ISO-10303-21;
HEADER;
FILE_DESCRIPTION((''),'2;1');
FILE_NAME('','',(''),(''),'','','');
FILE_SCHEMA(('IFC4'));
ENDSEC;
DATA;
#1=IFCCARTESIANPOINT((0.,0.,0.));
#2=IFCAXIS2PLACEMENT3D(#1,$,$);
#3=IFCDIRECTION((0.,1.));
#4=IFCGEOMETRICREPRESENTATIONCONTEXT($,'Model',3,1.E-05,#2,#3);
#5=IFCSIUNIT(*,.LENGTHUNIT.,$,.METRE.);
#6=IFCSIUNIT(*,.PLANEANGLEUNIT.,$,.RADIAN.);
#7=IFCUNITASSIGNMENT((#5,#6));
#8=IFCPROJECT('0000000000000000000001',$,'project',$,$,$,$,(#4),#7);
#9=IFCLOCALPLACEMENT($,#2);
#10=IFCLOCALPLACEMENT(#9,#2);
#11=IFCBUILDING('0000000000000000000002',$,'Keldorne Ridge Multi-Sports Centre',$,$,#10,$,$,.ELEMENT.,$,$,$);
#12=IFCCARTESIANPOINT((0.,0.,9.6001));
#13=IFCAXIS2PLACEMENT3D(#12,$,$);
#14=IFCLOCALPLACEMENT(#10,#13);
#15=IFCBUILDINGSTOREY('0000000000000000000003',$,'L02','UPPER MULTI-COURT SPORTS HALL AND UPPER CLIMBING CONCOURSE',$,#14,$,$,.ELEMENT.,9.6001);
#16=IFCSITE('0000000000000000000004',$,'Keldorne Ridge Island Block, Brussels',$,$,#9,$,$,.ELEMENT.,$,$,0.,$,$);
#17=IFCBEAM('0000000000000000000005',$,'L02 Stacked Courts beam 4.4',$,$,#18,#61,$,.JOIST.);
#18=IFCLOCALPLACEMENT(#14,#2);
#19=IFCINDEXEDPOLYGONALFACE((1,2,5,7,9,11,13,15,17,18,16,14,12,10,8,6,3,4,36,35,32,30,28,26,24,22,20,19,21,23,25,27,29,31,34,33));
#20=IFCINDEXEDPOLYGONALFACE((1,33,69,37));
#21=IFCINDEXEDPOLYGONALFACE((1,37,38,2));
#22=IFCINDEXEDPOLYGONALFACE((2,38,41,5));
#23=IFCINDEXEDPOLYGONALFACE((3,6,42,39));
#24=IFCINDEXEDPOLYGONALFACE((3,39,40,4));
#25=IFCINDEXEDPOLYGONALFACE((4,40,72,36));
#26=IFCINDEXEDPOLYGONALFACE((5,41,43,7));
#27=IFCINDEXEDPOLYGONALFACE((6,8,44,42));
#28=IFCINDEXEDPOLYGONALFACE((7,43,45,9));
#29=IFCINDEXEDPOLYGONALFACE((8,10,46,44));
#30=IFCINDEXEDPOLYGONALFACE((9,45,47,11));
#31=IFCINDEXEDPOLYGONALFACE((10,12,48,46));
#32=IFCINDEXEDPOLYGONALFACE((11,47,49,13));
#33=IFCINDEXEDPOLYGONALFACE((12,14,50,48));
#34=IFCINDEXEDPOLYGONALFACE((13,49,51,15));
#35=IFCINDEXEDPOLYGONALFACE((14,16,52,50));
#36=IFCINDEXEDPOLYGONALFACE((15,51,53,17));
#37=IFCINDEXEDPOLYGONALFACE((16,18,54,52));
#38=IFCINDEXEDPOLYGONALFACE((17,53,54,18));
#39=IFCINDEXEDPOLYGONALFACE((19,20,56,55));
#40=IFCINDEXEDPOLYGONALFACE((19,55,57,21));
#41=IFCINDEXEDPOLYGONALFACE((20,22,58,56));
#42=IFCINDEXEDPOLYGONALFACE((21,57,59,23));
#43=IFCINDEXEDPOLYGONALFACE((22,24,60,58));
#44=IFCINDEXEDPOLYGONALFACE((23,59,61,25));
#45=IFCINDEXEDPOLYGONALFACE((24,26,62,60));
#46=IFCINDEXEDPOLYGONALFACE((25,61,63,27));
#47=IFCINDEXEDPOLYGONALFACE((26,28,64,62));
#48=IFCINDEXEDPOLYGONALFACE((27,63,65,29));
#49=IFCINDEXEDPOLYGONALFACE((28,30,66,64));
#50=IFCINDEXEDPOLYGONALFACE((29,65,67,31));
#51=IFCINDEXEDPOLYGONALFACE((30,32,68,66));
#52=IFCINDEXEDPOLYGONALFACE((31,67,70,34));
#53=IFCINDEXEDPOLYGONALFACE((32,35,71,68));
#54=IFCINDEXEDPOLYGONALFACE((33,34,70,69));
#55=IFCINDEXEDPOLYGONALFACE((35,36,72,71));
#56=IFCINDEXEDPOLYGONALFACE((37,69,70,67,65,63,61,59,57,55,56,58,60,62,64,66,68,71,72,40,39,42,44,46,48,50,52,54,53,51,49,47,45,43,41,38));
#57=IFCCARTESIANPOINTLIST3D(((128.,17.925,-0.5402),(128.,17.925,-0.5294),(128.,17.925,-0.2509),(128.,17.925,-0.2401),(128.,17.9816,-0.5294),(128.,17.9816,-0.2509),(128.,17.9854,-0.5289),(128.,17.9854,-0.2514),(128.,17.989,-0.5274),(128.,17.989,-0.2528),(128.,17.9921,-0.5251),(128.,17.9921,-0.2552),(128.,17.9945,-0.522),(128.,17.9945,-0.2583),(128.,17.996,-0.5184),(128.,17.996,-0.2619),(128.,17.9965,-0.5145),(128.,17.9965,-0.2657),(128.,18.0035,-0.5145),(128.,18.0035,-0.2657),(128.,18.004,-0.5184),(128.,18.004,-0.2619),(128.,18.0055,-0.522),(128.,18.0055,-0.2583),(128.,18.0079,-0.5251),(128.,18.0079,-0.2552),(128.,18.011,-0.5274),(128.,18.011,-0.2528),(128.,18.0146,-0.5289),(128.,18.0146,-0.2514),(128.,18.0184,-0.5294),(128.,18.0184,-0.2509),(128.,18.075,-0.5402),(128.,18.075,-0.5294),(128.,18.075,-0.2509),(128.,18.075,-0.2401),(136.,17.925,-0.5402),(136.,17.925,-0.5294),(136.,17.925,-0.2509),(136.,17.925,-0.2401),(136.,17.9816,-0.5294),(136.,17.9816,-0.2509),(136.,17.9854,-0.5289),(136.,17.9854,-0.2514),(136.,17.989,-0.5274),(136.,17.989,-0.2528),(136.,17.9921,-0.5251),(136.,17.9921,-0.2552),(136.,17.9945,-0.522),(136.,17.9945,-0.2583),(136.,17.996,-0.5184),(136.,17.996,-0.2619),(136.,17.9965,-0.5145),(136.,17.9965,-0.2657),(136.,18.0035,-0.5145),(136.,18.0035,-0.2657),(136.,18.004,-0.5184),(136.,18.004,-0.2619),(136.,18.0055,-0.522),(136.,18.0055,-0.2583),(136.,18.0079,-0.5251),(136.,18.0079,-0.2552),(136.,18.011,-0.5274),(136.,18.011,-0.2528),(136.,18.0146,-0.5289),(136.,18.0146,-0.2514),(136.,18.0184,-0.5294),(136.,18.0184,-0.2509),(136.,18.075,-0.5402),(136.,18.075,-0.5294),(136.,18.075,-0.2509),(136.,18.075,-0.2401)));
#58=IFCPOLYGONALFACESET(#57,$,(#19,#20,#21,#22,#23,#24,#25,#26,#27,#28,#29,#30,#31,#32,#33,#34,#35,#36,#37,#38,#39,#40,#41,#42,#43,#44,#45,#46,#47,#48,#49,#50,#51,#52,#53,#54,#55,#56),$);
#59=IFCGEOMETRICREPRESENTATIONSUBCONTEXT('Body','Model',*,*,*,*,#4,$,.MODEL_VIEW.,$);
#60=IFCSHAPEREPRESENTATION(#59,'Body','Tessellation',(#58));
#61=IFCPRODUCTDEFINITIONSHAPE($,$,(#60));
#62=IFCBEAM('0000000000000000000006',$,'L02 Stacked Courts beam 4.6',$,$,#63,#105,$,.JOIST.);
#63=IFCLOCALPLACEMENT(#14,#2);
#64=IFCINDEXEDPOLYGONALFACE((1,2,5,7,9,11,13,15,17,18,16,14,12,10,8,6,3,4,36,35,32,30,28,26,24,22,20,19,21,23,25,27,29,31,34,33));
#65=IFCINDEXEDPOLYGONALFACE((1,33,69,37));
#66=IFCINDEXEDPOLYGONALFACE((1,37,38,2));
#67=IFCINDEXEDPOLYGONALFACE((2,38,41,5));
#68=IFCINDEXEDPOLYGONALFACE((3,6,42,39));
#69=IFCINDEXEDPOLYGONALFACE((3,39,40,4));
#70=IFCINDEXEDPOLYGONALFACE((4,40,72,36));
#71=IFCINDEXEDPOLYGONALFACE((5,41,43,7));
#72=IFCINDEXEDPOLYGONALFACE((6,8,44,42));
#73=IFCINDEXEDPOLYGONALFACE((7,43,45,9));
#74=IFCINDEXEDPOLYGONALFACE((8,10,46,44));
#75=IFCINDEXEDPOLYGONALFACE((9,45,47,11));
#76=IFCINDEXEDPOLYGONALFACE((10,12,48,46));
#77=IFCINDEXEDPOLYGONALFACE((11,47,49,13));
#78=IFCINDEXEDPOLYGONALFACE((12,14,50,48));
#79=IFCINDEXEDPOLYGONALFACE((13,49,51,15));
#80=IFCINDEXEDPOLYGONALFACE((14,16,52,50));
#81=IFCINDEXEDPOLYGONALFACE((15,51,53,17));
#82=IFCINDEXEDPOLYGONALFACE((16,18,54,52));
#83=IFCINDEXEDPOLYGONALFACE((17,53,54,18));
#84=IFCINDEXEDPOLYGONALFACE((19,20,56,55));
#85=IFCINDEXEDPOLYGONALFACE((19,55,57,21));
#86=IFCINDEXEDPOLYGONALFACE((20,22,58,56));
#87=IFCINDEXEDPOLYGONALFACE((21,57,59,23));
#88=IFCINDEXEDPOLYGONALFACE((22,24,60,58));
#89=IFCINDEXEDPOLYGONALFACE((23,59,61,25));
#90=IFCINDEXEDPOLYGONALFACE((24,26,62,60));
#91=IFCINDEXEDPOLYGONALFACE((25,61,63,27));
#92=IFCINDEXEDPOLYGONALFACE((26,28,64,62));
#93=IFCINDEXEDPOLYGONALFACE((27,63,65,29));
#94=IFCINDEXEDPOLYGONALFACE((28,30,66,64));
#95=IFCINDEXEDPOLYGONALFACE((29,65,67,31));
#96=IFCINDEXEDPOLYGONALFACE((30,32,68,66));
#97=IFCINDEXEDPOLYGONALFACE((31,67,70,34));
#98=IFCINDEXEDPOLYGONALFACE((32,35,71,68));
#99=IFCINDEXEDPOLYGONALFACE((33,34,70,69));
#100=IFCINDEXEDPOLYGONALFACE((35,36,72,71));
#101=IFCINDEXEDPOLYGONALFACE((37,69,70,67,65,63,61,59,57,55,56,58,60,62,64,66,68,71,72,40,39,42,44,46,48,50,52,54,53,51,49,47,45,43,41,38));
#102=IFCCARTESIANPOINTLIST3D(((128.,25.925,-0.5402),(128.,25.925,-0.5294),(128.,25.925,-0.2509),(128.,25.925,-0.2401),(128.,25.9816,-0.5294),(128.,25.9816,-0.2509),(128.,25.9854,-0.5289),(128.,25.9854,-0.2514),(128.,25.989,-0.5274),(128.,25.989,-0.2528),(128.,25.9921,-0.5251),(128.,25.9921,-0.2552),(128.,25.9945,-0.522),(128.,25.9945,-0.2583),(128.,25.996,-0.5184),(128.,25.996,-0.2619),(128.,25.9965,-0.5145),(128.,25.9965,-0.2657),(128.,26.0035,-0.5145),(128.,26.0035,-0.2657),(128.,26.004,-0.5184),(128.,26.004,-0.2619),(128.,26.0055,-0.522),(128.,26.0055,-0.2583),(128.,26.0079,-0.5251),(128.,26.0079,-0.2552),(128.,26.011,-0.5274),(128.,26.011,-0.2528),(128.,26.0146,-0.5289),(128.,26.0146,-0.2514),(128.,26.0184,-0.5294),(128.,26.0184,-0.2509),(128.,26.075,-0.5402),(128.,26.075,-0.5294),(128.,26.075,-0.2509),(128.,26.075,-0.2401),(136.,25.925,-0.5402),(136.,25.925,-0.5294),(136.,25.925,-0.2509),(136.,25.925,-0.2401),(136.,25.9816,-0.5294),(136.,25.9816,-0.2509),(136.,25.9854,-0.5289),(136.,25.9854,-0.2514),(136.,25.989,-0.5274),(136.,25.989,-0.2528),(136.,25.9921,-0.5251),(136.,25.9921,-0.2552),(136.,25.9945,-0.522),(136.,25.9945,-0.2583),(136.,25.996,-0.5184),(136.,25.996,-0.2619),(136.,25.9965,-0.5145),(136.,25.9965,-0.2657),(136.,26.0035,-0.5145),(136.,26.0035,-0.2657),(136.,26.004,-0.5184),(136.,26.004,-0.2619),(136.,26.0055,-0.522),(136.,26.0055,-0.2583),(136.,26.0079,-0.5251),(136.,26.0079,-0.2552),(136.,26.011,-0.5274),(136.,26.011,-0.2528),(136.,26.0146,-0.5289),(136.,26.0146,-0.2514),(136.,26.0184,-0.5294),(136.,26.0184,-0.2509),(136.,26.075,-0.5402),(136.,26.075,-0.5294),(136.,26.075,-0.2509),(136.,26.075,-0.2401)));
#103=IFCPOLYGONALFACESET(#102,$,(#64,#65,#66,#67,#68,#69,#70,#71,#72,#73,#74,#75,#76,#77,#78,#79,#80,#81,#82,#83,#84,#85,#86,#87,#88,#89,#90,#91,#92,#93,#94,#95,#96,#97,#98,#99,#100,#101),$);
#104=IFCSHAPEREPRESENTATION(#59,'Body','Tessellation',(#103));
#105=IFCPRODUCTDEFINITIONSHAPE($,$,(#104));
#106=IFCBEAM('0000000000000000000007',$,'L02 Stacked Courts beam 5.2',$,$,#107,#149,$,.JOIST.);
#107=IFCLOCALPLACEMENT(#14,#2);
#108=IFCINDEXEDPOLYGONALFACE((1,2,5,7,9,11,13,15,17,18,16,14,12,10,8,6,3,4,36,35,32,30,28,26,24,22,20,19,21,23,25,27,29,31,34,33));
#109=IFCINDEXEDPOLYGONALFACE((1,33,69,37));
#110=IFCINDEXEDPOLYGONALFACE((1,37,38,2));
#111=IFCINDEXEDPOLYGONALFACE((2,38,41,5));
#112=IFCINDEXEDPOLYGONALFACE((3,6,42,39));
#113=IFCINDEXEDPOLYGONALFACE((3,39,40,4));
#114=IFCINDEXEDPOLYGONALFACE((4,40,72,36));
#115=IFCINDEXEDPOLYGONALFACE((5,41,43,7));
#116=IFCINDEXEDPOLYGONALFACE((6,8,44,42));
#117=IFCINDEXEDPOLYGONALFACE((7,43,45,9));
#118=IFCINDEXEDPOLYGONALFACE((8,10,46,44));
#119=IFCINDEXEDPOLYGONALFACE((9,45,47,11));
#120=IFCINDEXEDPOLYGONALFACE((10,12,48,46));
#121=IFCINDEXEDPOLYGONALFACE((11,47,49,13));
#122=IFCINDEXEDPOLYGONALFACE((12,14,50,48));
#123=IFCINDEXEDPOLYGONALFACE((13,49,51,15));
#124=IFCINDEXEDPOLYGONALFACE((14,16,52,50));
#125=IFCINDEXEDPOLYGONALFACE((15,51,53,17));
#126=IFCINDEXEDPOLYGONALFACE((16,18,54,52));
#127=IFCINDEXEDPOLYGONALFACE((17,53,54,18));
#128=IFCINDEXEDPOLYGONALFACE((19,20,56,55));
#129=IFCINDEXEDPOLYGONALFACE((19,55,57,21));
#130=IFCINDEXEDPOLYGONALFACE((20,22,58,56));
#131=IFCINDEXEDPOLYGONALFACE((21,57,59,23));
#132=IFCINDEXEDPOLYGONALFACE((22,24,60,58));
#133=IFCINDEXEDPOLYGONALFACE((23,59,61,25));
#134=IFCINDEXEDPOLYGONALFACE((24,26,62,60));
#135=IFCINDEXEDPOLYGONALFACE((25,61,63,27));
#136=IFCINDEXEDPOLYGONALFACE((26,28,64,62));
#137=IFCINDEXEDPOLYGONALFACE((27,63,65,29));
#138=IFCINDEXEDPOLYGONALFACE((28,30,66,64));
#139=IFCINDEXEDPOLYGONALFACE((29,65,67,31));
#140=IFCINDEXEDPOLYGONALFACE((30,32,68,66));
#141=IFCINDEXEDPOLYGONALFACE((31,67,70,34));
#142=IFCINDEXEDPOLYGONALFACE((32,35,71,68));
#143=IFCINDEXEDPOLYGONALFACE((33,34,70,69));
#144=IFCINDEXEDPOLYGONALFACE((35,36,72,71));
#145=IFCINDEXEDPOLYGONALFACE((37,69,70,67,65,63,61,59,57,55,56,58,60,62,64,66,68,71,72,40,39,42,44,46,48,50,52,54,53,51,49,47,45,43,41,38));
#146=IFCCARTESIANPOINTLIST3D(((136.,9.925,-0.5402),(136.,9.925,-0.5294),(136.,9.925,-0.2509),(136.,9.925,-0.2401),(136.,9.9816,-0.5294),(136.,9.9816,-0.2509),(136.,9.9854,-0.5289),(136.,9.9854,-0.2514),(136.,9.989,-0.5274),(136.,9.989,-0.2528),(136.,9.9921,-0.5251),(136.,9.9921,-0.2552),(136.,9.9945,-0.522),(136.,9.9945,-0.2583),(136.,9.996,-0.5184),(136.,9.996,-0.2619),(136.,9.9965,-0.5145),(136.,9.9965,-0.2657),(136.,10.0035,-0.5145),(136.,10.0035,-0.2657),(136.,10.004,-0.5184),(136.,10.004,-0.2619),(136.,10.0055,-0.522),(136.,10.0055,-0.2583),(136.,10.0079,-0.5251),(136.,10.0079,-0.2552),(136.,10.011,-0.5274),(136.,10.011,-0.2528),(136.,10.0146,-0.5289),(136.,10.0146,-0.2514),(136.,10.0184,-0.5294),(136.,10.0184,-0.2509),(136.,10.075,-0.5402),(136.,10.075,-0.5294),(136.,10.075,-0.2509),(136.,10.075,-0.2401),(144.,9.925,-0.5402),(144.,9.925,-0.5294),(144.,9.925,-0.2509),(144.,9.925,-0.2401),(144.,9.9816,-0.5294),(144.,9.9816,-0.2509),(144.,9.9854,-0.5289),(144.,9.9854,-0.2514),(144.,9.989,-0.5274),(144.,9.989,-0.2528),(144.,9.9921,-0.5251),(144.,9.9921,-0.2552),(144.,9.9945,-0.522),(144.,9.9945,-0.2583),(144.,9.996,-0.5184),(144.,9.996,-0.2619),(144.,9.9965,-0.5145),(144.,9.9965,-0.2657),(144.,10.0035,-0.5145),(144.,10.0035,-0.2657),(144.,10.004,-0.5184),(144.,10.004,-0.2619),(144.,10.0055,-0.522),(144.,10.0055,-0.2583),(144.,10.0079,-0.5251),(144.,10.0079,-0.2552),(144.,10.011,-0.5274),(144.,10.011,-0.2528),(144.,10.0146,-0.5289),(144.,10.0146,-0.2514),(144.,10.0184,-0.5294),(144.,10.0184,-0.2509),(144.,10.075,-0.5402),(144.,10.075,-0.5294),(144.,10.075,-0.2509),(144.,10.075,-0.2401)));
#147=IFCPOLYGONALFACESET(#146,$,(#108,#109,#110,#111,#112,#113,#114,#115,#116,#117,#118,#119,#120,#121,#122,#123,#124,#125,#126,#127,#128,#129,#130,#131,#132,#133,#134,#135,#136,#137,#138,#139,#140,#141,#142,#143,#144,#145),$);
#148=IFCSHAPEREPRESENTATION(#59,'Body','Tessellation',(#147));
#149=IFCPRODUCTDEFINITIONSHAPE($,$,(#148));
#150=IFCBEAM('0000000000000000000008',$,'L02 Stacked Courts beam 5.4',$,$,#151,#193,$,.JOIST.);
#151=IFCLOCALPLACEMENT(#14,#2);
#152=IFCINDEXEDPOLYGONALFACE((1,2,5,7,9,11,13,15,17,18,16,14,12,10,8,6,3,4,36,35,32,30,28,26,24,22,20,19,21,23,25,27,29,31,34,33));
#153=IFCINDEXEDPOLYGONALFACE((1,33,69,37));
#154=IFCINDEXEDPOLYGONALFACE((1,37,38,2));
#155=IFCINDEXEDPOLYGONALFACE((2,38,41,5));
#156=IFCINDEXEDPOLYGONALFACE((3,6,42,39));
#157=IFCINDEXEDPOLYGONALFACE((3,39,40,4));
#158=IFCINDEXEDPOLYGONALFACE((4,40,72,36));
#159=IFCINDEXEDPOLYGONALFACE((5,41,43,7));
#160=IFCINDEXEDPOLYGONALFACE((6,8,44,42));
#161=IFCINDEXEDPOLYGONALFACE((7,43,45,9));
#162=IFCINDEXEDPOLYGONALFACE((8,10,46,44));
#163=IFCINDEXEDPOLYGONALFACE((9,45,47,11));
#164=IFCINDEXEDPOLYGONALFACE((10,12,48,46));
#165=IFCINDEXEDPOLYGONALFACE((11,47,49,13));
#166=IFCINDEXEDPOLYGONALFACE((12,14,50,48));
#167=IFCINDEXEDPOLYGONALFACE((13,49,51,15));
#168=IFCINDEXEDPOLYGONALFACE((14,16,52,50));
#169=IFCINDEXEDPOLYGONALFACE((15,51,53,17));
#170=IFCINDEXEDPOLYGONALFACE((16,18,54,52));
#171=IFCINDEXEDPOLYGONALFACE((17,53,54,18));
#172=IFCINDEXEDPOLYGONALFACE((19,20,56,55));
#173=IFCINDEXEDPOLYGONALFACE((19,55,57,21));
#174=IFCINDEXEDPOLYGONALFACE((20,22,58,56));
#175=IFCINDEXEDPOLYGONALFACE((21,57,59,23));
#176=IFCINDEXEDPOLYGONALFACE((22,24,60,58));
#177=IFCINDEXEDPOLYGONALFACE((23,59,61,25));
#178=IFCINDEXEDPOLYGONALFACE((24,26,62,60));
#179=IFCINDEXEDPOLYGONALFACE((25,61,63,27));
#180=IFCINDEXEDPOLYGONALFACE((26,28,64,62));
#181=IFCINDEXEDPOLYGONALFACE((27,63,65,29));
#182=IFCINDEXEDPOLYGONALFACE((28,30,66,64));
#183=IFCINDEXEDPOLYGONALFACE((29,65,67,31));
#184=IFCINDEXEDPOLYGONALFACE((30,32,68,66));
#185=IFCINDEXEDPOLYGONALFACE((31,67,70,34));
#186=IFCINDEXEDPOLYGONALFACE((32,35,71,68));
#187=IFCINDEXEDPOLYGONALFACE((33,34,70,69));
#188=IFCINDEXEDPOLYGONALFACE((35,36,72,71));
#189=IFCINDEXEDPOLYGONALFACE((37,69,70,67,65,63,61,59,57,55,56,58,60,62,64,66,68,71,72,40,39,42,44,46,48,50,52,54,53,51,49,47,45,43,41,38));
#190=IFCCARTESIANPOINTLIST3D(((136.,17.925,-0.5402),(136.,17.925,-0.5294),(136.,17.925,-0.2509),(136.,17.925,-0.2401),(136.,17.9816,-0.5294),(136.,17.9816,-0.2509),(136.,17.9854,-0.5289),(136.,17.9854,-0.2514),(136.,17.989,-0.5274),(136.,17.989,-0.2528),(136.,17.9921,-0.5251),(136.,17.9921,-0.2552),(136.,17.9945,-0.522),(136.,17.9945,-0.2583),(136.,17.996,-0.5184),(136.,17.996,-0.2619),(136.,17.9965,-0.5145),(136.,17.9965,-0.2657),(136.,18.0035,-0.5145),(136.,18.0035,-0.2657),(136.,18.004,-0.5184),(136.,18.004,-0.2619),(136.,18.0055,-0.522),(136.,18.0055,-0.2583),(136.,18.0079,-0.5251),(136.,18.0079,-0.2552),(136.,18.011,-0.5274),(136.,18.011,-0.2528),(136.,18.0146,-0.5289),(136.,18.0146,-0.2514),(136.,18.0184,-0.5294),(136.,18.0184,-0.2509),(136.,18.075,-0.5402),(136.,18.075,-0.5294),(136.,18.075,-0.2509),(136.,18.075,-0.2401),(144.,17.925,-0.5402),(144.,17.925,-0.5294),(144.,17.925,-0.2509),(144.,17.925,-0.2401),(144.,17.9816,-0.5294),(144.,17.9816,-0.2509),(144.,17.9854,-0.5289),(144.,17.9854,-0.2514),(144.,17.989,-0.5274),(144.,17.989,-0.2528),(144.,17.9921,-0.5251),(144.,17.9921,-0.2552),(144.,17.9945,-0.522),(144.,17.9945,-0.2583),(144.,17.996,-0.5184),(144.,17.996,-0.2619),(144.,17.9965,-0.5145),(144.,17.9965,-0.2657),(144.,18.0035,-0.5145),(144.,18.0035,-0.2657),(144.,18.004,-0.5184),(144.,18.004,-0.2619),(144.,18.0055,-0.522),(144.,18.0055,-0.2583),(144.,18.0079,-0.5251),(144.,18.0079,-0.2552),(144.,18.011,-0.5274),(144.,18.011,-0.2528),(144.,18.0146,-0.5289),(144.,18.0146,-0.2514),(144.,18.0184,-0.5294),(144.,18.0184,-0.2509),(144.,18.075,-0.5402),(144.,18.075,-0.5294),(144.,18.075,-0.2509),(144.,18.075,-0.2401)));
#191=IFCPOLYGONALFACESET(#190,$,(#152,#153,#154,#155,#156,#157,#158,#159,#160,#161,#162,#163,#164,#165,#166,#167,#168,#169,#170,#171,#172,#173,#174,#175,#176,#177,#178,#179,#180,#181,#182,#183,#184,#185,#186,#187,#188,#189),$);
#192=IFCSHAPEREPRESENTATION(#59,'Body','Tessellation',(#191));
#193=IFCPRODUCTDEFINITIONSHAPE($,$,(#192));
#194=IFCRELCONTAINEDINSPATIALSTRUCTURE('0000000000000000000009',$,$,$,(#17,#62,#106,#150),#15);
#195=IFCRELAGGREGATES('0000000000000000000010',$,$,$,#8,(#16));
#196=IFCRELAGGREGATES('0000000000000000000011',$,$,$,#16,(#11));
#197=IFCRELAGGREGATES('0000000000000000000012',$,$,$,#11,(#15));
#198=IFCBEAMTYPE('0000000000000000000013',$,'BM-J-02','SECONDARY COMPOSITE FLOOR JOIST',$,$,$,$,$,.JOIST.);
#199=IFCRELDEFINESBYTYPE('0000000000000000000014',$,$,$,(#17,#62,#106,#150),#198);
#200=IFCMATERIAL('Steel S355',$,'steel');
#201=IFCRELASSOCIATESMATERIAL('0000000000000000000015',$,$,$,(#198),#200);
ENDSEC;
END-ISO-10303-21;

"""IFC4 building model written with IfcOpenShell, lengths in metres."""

from ifc_helpers import new_model, si_unit, direction, frame, origin, origin_2d, place, context, subcontext, project, spatial, i_section, extrude, material, material_profile, profile_set, type_object, element, save


model = new_model("IFC4")

# Units and contexts
model_context = context("Model", 3, precision=1e-05, world=origin(), true_north=direction((0.0, 1.0)))
body_context = subcontext(model_context, "Body", "Model", "MODEL_VIEW")
ifc_project = project(units=[si_unit("LENGTHUNIT", "METRE"), si_unit("PLANEANGLEUNIT", "RADIAN")], contexts=[model_context])

# Site, building, storey
site_placement = place(None, origin())
site = spatial("IfcSite", under=ifc_project, at=site_placement, Name="Keldorne Ridge Island Block, Brussels", CompositionType="ELEMENT", RefElevation=0.0)
building_placement = place(site_placement, origin())
building = spatial("IfcBuilding", under=site, at=building_placement, Name="Keldorne Ridge Multi-Sports Centre", CompositionType="ELEMENT")
storey_placement = place(building_placement, frame((0.0, 0.0, 9.6001)))
storey = spatial("IfcBuildingStorey", under=building, at=storey_placement, Name="L02", Description="UPPER MULTI-COURT SPORTS HALL AND UPPER CLIMBING CONCOURSE", CompositionType="ELEMENT", Elevation=9.6001)

# Beams
ifc_material_1 = material(Name="Steel S355", Category="steel")
ifc_material_profile_1 = material_profile(ifc_material_1, i_section(OverallWidth=0.1499, OverallDepth=0.3, WebThickness=0.0071, FlangeThickness=0.0107, FilletRadius=0.0149, at=origin_2d()), Name="IPE 300")
ifc_profile_set_1 = profile_set([ifc_material_profile_1], Name="Steel S355")
beam_type_1 = type_object("IfcBeamType", Name="BM-J-02", Description="SECONDARY COMPOSITE FLOOR JOIST", PredefinedType="JOIST", material=ifc_profile_set_1)
for number, where, z_axis, x_axis, name in (
    (1, (128.0, 18.0, -0.3901), (1.0, 0.0, 0.0), (0.0, 1.0, 0.0), "L02 Stacked Courts beam 4.4"),
    (2, (128.0, 26.0, -0.3901), (1.0, 0.0, 0.0), (0.0, 1.0, 0.0), "L02 Stacked Courts beam 4.6"),
    (3, (136.0, 10.0, -0.3901), (1.0, 0.0, 0.0), (0.0, 1.0, 0.0), "L02 Stacked Courts beam 5.2"),
    (4, (136.0, 18.0, -0.3901), (1.0, 0.0, 0.0), (0.0, 1.0, 0.0), "L02 Stacked Courts beam 5.4"),
):
    element("IfcBeam", number, at=place(storey_placement, frame(where, z_axis=z_axis, x_axis=x_axis)), inside=storey, type_object=beam_type_1, Name=name, PredefinedType="JOIST", context=body_context, shape_type="SweptSolid", body=[
        extrude(i_section(OverallWidth=0.1499, OverallDepth=0.3, WebThickness=0.0071, FlangeThickness=0.0107, FilletRadius=0.0149, at=origin_2d()), origin(), (0.0, 0.0, 1.0), 8.0),
    ])

save(model, "model.ifc")
